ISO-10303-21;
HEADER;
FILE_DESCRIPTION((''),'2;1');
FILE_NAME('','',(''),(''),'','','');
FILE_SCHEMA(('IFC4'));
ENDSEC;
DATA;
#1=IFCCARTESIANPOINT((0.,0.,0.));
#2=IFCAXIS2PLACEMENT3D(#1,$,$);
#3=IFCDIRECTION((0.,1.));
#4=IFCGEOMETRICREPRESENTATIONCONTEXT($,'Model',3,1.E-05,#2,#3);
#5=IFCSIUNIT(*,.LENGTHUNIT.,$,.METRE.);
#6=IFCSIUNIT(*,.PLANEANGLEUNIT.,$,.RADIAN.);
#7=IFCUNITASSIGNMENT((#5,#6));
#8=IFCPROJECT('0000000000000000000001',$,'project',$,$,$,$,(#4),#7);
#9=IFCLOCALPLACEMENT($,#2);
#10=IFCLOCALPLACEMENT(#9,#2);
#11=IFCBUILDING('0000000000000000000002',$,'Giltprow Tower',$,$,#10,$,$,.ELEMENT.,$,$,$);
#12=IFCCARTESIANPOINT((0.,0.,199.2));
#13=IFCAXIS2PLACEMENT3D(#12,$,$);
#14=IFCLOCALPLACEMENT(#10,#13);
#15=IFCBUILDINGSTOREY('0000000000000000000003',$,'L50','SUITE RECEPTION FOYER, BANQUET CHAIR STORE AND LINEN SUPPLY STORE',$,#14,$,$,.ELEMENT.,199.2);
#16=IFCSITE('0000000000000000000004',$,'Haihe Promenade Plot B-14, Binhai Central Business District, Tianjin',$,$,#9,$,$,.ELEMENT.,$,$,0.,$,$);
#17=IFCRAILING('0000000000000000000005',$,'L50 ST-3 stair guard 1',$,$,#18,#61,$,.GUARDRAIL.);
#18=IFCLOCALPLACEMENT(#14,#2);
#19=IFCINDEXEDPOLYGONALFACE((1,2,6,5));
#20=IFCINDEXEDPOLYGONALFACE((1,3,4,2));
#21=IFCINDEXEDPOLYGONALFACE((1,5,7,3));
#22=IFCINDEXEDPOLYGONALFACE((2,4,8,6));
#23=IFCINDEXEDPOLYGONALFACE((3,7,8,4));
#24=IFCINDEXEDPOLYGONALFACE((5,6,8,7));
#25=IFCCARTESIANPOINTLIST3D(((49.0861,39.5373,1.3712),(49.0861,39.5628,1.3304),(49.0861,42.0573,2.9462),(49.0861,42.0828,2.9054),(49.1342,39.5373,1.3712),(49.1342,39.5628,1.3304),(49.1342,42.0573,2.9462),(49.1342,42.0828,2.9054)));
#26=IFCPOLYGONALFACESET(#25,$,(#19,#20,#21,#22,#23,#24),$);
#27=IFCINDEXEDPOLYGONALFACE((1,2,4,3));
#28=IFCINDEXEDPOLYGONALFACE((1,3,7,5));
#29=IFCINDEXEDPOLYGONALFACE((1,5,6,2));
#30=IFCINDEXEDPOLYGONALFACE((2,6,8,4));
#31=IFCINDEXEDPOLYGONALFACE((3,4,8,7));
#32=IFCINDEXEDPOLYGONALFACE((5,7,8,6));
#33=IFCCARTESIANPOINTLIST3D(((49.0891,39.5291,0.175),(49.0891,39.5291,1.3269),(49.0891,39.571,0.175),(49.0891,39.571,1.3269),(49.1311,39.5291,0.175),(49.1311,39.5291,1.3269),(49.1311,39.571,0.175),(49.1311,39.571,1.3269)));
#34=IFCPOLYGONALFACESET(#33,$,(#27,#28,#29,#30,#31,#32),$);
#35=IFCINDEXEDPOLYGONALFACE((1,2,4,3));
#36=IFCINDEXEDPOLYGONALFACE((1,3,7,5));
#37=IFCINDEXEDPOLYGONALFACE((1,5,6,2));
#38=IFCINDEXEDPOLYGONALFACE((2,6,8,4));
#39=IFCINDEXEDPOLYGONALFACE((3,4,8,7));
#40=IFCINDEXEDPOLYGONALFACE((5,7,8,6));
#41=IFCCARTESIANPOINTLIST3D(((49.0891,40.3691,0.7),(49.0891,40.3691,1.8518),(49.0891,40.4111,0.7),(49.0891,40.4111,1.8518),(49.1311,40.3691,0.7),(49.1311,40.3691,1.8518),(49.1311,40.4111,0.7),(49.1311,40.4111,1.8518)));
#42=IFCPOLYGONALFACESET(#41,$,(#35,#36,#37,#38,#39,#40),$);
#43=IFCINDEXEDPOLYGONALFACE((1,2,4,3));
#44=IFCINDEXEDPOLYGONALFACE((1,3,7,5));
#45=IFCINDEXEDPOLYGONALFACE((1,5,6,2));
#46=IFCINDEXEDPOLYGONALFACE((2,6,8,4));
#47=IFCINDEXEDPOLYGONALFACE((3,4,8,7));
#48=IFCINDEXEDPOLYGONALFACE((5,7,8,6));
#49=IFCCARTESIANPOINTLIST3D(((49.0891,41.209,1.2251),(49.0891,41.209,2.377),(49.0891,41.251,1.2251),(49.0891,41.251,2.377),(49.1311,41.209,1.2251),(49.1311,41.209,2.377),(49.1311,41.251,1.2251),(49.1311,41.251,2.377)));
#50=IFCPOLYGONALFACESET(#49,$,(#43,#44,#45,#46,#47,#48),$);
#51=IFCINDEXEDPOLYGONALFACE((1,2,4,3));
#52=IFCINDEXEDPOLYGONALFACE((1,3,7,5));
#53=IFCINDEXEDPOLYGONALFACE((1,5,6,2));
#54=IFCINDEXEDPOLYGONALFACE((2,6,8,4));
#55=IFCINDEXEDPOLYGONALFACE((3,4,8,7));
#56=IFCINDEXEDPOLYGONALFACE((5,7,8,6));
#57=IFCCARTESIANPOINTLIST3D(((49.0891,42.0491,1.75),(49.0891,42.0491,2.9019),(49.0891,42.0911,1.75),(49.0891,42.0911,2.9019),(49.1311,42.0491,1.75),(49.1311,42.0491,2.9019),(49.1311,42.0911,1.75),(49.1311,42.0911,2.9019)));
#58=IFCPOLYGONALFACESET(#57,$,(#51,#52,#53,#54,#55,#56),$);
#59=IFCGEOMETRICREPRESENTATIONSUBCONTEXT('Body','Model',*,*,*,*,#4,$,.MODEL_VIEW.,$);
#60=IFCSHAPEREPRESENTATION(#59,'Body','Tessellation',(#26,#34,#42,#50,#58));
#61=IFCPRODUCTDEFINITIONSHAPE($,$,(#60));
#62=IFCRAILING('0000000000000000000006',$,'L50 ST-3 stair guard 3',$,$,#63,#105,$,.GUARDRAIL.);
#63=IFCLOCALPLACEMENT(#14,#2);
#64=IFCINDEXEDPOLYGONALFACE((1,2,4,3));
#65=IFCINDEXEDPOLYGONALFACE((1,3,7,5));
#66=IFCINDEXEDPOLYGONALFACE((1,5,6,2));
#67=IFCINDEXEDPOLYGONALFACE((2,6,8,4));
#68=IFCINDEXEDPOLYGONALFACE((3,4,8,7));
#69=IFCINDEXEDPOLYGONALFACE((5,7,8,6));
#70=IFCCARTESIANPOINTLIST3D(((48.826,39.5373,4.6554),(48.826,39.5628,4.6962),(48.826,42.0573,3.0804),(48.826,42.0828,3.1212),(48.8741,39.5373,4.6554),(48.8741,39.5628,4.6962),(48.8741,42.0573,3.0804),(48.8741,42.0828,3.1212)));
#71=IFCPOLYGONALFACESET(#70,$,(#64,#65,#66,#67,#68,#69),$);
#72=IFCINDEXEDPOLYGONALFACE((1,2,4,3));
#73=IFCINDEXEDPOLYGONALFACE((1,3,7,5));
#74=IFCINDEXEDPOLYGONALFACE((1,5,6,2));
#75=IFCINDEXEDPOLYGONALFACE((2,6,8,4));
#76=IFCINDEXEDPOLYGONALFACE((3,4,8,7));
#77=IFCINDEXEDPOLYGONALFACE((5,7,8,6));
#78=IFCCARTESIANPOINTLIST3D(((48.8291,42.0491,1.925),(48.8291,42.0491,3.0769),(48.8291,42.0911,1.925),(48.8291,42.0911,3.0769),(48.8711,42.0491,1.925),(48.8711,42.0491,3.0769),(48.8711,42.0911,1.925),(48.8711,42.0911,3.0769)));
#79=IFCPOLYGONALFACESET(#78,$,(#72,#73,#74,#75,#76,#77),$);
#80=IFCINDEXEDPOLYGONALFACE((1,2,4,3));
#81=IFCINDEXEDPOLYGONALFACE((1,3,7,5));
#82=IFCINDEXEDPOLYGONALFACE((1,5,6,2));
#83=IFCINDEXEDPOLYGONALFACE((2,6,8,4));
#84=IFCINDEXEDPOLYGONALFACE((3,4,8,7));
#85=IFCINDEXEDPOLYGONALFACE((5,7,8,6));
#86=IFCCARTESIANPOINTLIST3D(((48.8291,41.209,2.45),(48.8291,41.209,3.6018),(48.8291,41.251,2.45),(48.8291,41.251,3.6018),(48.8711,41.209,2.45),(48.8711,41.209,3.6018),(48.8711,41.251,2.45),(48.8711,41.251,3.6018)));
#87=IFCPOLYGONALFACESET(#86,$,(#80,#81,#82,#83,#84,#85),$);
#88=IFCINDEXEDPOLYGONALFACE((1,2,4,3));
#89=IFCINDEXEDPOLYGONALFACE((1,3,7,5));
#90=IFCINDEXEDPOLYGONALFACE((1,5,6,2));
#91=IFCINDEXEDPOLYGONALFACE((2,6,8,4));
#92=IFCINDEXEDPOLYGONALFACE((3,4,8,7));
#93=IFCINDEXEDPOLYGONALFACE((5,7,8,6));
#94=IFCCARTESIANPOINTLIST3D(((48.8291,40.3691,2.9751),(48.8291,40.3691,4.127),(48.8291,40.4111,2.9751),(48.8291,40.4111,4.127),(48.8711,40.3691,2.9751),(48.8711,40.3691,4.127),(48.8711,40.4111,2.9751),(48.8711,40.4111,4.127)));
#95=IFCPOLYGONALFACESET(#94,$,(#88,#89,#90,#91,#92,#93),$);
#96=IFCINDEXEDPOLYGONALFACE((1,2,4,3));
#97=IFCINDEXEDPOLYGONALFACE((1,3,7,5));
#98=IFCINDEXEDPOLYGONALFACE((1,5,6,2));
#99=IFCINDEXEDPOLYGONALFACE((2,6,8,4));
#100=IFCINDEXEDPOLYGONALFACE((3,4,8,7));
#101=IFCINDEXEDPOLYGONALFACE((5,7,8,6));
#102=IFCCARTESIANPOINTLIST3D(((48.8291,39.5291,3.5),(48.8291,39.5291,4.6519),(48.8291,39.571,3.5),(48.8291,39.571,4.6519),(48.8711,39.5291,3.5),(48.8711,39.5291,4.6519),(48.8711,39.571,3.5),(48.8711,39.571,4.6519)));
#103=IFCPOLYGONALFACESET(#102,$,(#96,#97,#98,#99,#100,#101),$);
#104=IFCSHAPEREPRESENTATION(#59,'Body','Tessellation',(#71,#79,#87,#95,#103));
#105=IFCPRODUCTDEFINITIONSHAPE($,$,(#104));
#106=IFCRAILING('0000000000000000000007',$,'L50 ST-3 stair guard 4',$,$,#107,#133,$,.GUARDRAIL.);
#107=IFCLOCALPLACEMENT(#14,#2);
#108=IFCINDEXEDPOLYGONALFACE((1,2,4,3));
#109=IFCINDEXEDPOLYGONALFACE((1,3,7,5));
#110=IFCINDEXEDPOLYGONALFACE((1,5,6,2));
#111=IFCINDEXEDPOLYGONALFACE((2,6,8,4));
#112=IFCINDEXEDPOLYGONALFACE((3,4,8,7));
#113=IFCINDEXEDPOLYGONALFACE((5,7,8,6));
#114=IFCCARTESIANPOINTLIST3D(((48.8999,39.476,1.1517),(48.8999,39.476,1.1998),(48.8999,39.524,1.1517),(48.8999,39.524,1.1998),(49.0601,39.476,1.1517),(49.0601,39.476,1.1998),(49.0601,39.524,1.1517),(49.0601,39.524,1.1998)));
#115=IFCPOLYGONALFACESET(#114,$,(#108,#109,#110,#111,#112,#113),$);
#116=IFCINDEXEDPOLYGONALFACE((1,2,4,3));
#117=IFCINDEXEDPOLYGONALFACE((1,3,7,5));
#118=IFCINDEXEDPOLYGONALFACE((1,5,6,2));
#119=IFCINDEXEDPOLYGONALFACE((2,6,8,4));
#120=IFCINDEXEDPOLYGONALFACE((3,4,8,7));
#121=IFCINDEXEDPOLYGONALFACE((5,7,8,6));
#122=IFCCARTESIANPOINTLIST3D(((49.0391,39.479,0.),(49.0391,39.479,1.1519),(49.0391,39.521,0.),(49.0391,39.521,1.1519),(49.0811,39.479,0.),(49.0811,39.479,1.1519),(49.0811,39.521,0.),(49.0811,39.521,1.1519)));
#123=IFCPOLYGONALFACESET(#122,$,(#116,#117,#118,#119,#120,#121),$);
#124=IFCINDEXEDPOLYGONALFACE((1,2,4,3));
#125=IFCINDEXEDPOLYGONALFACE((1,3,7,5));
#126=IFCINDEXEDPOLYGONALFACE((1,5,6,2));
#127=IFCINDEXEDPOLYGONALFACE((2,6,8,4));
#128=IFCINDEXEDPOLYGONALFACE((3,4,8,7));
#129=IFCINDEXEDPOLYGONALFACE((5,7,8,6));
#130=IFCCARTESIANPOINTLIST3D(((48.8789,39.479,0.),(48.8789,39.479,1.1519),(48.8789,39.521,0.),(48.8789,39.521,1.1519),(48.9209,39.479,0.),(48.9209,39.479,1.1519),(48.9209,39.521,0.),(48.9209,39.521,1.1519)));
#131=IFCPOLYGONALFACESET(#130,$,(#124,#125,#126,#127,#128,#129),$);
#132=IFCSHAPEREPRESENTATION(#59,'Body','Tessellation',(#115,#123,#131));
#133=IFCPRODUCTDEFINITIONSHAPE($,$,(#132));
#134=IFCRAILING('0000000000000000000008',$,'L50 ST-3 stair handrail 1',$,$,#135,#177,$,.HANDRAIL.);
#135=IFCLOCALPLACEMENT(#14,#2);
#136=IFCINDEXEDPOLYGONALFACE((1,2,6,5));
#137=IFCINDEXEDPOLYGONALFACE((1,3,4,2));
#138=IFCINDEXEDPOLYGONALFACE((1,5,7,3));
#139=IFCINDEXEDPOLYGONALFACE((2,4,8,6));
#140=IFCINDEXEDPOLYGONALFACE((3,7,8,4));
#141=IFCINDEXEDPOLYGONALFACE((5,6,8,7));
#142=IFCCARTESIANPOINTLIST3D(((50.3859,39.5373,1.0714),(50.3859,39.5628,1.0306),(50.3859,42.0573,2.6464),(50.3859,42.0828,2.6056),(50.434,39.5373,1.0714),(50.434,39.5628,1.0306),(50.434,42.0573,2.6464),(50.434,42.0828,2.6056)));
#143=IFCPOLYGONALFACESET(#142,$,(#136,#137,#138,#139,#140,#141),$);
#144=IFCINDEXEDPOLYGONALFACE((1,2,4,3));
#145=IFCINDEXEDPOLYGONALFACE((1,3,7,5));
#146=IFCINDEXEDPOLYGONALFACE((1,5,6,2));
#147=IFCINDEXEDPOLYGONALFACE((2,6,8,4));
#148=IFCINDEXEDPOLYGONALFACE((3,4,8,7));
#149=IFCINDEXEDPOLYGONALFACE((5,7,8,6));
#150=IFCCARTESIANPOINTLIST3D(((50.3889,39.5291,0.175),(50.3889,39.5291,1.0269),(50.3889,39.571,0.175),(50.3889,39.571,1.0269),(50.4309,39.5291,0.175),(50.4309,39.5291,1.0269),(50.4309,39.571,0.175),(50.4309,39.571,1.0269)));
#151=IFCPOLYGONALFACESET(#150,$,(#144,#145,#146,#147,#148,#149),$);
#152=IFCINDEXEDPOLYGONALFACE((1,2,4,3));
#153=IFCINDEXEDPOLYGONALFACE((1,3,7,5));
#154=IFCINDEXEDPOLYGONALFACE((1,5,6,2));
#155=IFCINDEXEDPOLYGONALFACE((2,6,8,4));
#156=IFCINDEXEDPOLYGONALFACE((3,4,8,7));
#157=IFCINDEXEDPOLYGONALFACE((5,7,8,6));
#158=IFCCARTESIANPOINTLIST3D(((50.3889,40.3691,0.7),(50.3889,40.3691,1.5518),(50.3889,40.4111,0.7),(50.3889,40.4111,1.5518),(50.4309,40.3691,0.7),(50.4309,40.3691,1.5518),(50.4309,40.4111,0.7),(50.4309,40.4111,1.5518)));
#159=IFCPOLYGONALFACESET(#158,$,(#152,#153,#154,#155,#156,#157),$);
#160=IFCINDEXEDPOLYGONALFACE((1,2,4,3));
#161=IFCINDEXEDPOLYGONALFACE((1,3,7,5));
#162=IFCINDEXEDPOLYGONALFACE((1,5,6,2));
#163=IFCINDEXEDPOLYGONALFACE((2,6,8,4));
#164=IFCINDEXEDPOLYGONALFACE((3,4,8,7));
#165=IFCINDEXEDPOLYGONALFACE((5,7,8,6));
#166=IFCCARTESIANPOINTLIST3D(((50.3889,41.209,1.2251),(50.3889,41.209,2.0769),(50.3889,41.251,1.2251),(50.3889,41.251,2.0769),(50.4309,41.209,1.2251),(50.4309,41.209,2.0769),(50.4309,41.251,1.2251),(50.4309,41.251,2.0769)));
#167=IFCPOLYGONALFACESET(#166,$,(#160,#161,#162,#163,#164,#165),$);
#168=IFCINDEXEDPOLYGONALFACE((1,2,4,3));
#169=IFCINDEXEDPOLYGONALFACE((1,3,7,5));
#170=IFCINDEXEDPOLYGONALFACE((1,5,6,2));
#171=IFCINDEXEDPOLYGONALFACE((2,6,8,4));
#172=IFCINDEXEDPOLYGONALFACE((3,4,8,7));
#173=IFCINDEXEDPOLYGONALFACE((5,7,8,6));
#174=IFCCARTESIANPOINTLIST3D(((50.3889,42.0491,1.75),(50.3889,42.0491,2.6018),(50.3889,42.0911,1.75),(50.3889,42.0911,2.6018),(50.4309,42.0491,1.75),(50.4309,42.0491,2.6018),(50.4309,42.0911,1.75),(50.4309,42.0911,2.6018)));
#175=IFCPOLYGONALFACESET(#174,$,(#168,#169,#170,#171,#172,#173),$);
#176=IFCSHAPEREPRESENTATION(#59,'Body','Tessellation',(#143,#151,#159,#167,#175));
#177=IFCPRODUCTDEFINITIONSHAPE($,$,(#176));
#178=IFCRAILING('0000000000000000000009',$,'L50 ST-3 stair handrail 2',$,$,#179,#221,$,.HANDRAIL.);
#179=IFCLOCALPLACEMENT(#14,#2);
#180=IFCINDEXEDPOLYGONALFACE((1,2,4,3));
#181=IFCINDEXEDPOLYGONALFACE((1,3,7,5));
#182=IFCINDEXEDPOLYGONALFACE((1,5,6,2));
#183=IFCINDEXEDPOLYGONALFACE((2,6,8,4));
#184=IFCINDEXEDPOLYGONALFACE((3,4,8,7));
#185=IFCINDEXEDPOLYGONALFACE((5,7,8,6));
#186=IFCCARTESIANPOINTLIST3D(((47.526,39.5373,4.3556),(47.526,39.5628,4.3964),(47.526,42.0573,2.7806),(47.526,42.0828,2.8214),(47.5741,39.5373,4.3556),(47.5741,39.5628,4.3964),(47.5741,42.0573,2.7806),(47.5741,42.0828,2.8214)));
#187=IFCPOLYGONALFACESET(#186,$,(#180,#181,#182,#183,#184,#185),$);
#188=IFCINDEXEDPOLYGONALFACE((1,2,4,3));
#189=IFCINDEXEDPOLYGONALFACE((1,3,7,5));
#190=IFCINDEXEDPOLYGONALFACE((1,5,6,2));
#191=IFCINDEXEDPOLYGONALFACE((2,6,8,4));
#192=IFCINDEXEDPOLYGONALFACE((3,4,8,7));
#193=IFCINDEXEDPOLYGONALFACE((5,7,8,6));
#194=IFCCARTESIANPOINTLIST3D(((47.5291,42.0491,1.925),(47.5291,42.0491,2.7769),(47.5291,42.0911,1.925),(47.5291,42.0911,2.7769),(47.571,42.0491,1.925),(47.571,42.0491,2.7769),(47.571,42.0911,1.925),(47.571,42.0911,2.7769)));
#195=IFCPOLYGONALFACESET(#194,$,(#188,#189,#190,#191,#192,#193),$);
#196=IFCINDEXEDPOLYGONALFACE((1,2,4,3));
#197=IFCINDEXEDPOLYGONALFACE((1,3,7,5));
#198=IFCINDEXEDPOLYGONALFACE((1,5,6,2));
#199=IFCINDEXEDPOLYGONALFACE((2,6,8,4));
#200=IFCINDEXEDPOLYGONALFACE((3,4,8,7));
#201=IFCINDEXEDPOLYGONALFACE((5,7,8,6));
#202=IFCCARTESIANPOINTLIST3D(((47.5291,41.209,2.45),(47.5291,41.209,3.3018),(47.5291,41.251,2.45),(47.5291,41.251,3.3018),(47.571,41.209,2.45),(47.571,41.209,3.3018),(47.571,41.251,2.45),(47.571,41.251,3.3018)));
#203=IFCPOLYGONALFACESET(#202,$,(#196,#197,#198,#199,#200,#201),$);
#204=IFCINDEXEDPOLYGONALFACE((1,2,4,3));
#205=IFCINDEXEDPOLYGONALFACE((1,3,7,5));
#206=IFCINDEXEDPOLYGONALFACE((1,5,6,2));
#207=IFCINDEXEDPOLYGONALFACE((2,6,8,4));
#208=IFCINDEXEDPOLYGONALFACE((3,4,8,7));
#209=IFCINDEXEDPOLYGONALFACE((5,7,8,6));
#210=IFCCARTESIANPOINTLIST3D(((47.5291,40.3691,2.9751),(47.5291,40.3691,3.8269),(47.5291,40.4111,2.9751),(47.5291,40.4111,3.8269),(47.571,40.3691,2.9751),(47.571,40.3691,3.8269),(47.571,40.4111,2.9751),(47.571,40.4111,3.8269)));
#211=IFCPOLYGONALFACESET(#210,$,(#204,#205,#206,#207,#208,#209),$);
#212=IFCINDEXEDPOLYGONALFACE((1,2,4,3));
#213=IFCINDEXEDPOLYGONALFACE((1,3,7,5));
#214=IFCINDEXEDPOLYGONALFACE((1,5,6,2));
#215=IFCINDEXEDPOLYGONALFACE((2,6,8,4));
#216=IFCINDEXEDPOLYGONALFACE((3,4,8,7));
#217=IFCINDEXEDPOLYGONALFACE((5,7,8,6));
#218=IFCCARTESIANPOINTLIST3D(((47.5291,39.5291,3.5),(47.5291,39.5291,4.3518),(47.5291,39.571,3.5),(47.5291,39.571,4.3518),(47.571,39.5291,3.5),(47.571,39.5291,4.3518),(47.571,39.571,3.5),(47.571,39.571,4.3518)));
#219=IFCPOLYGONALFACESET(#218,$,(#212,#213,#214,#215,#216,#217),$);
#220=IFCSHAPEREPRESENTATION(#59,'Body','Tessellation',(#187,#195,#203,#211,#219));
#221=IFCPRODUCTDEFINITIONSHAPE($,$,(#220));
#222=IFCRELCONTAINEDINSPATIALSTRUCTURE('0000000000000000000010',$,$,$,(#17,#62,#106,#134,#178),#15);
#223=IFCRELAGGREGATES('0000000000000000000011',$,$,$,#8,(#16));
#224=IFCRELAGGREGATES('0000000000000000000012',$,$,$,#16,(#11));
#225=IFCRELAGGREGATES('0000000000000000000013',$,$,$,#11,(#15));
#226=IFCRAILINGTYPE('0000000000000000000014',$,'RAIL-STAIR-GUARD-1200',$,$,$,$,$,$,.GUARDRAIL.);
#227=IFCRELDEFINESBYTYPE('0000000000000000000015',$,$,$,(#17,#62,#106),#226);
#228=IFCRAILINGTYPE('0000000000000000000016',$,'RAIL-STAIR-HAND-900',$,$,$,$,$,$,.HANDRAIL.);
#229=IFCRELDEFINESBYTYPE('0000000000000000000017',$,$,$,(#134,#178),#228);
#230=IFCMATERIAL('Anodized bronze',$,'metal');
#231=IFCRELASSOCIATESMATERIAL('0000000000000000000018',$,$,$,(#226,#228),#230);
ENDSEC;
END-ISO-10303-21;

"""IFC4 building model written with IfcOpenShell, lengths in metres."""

from ifc_helpers import new_model, si_unit, direction, frame, origin, origin_2d, place, context, subcontext, project, spatial, rectangle, extrude, material, type_object, element, save


model = new_model("IFC4")

# Units and contexts
model_context = context("Model", 3, precision=1e-05, world=origin(), true_north=direction((0.0, 1.0)))
body_context = subcontext(model_context, "Body", "Model", "MODEL_VIEW")
ifc_project = project(units=[si_unit("LENGTHUNIT", "METRE"), si_unit("PLANEANGLEUNIT", "RADIAN")], contexts=[model_context])

# Site, building, storey
site_placement = place(None, origin())
site = spatial("IfcSite", under=ifc_project, at=site_placement, Name="Haihe Promenade Plot B-14, Binhai Central Business District, Tianjin", CompositionType="ELEMENT", RefElevation=0.0)
building_placement = place(site_placement, origin())
building = spatial("IfcBuilding", under=site, at=building_placement, Name="Giltprow Tower", CompositionType="ELEMENT")
storey_placement = place(building_placement, frame((0.0, 0.0, 199.2)))
storey = spatial("IfcBuildingStorey", under=building, at=storey_placement, Name="L50", Description="SUITE RECEPTION FOYER, BANQUET CHAIR STORE AND LINEN SUPPLY STORE", CompositionType="ELEMENT", Elevation=199.2)

# Railings
ifc_material_1 = material(Name="Anodized bronze", Category="metal")
railing_type_1 = type_object("IfcRailingType", Name="RAIL-STAIR-GUARD-1200", PredefinedType="GUARDRAIL", material=ifc_material_1)
railing_1_placement = place(storey_placement, frame((49.1101, 39.55, 0.175)))
element("IfcRailing", 1, at=railing_1_placement, inside=storey, type_object=railing_type_1, Name="L50 ST-3 stair guard 1", PredefinedType="GUARDRAIL", context=body_context, shape_type="SweptSolid", body=[
    extrude(rectangle(XDim=0.0481, YDim=0.0481, at=origin_2d()), frame((0.0, 0.0, 1.1758), z_axis=(0.0, 0.848008, 0.529984), x_axis=(-1.0, 0.0, 0.0)), (0.0, 0.0, 1.0), 2.9717),
    extrude(rectangle(XDim=0.042, YDim=0.042, at=origin_2d()), origin(), (0.0, 0.0, 1.0), 1.1519),
    extrude(rectangle(XDim=0.042, YDim=0.042, at=origin_2d()), frame((0.0, 0.8401, 0.5249)), (0.0, 0.0, 1.0), 1.1519),
    extrude(rectangle(XDim=0.042, YDim=0.042, at=origin_2d()), frame((0.0, 1.6799, 1.05)), (0.0, 0.0, 1.0), 1.1519),
    extrude(rectangle(XDim=0.042, YDim=0.042, at=origin_2d()), frame((0.0, 2.52, 1.575)), (0.0, 0.0, 1.0), 1.1519),
])
railing_2_placement = place(storey_placement, frame((48.8501, 42.0701, 1.925)))
element("IfcRailing", 2, at=railing_2_placement, inside=storey, type_object=railing_type_1, Name="L50 ST-3 stair guard 3", PredefinedType="GUARDRAIL", context=body_context, shape_type="SweptSolid", body=[
    extrude(rectangle(XDim=0.0481, YDim=0.0481, at=origin_2d()), frame((0.0, 0.0, 1.1758), z_axis=(0.0, -0.848008, 0.529984), x_axis=(1.0, 0.0, 0.0)), (0.0, 0.0, 1.0), 2.9717),
    extrude(rectangle(XDim=0.042, YDim=0.042, at=origin_2d()), origin(), (0.0, 0.0, 1.0), 1.1519),
    extrude(rectangle(XDim=0.042, YDim=0.042, at=origin_2d()), frame((0.0, -0.8401, 0.5249)), (0.0, 0.0, 1.0), 1.1519),
    extrude(rectangle(XDim=0.042, YDim=0.042, at=origin_2d()), frame((0.0, -1.6799, 1.05)), (0.0, 0.0, 1.0), 1.1519),
    extrude(rectangle(XDim=0.042, YDim=0.042, at=origin_2d()), frame((0.0, -2.52, 1.575)), (0.0, 0.0, 1.0), 1.1519),
])
railing_3_placement = place(storey_placement, frame((49.0601, 39.5, 0.0)))
element("IfcRailing", 3, at=railing_3_placement, inside=storey, type_object=railing_type_1, Name="L50 ST-3 stair guard 4", PredefinedType="GUARDRAIL", context=body_context, shape_type="SweptSolid", body=[
    extrude(rectangle(XDim=0.0481, YDim=0.0481, at=origin_2d()), frame((0.0, 0.0, 1.1758), z_axis=(-1.0, 0.0, 0.0), x_axis=(0.0, -1.0, 0.0)), (0.0, 0.0, 1.0), 0.1602),
    extrude(rectangle(XDim=0.042, YDim=0.042, at=origin_2d()), origin(), (0.0, 0.0, 1.0), 1.1519),
    extrude(rectangle(XDim=0.042, YDim=0.042, at=origin_2d()), frame((-0.1602, 0.0, 0.0)), (0.0, 0.0, 1.0), 1.1519),
])
railing_type_2 = type_object("IfcRailingType", Name="RAIL-STAIR-HAND-900", PredefinedType="HANDRAIL", material=ifc_material_1)
railing_4_placement = place(storey_placement, frame((50.4099, 39.55, 0.175)))
element("IfcRailing", 4, at=railing_4_placement, inside=storey, type_object=railing_type_2, Name="L50 ST-3 stair handrail 1", PredefinedType="HANDRAIL", context=body_context, shape_type="SweptSolid", body=[
    extrude(rectangle(XDim=0.0481, YDim=0.0481, at=origin_2d()), frame((0.0, 0.0, 0.876), z_axis=(0.0, 0.848008, 0.529984), x_axis=(-1.0, 0.0, 0.0)), (0.0, 0.0, 1.0), 2.9717),
    extrude(rectangle(XDim=0.042, YDim=0.042, at=origin_2d()), origin(), (0.0, 0.0, 1.0), 0.8518),
    extrude(rectangle(XDim=0.042, YDim=0.042, at=origin_2d()), frame((0.0, 0.8401, 0.5249)), (0.0, 0.0, 1.0), 0.8518),
    extrude(rectangle(XDim=0.042, YDim=0.042, at=origin_2d()), frame((0.0, 1.6799, 1.05)), (0.0, 0.0, 1.0), 0.8518),
    extrude(rectangle(XDim=0.042, YDim=0.042, at=origin_2d()), frame((0.0, 2.52, 1.575)), (0.0, 0.0, 1.0), 0.8518),
])
railing_5_placement = place(storey_placement, frame((47.55, 42.0701, 1.925)))
element("IfcRailing", 5, at=railing_5_placement, inside=storey, type_object=railing_type_2, Name="L50 ST-3 stair handrail 2", PredefinedType="HANDRAIL", context=body_context, shape_type="SweptSolid", body=[
    extrude(rectangle(XDim=0.0481, YDim=0.0481, at=origin_2d()), frame((0.0, 0.0, 0.876), z_axis=(0.0, -0.848008, 0.529984), x_axis=(1.0, 0.0, 0.0)), (0.0, 0.0, 1.0), 2.9717),
    extrude(rectangle(XDim=0.042, YDim=0.042, at=origin_2d()), origin(), (0.0, 0.0, 1.0), 0.8518),
    extrude(rectangle(XDim=0.042, YDim=0.042, at=origin_2d()), frame((0.0, -0.8401, 0.5249)), (0.0, 0.0, 1.0), 0.8518),
    extrude(rectangle(XDim=0.042, YDim=0.042, at=origin_2d()), frame((0.0, -1.6799, 1.05)), (0.0, 0.0, 1.0), 0.8518),
    extrude(rectangle(XDim=0.042, YDim=0.042, at=origin_2d()), frame((0.0, -2.52, 1.575)), (0.0, 0.0, 1.0), 0.8518),
])

save(model, "model.ifc")
